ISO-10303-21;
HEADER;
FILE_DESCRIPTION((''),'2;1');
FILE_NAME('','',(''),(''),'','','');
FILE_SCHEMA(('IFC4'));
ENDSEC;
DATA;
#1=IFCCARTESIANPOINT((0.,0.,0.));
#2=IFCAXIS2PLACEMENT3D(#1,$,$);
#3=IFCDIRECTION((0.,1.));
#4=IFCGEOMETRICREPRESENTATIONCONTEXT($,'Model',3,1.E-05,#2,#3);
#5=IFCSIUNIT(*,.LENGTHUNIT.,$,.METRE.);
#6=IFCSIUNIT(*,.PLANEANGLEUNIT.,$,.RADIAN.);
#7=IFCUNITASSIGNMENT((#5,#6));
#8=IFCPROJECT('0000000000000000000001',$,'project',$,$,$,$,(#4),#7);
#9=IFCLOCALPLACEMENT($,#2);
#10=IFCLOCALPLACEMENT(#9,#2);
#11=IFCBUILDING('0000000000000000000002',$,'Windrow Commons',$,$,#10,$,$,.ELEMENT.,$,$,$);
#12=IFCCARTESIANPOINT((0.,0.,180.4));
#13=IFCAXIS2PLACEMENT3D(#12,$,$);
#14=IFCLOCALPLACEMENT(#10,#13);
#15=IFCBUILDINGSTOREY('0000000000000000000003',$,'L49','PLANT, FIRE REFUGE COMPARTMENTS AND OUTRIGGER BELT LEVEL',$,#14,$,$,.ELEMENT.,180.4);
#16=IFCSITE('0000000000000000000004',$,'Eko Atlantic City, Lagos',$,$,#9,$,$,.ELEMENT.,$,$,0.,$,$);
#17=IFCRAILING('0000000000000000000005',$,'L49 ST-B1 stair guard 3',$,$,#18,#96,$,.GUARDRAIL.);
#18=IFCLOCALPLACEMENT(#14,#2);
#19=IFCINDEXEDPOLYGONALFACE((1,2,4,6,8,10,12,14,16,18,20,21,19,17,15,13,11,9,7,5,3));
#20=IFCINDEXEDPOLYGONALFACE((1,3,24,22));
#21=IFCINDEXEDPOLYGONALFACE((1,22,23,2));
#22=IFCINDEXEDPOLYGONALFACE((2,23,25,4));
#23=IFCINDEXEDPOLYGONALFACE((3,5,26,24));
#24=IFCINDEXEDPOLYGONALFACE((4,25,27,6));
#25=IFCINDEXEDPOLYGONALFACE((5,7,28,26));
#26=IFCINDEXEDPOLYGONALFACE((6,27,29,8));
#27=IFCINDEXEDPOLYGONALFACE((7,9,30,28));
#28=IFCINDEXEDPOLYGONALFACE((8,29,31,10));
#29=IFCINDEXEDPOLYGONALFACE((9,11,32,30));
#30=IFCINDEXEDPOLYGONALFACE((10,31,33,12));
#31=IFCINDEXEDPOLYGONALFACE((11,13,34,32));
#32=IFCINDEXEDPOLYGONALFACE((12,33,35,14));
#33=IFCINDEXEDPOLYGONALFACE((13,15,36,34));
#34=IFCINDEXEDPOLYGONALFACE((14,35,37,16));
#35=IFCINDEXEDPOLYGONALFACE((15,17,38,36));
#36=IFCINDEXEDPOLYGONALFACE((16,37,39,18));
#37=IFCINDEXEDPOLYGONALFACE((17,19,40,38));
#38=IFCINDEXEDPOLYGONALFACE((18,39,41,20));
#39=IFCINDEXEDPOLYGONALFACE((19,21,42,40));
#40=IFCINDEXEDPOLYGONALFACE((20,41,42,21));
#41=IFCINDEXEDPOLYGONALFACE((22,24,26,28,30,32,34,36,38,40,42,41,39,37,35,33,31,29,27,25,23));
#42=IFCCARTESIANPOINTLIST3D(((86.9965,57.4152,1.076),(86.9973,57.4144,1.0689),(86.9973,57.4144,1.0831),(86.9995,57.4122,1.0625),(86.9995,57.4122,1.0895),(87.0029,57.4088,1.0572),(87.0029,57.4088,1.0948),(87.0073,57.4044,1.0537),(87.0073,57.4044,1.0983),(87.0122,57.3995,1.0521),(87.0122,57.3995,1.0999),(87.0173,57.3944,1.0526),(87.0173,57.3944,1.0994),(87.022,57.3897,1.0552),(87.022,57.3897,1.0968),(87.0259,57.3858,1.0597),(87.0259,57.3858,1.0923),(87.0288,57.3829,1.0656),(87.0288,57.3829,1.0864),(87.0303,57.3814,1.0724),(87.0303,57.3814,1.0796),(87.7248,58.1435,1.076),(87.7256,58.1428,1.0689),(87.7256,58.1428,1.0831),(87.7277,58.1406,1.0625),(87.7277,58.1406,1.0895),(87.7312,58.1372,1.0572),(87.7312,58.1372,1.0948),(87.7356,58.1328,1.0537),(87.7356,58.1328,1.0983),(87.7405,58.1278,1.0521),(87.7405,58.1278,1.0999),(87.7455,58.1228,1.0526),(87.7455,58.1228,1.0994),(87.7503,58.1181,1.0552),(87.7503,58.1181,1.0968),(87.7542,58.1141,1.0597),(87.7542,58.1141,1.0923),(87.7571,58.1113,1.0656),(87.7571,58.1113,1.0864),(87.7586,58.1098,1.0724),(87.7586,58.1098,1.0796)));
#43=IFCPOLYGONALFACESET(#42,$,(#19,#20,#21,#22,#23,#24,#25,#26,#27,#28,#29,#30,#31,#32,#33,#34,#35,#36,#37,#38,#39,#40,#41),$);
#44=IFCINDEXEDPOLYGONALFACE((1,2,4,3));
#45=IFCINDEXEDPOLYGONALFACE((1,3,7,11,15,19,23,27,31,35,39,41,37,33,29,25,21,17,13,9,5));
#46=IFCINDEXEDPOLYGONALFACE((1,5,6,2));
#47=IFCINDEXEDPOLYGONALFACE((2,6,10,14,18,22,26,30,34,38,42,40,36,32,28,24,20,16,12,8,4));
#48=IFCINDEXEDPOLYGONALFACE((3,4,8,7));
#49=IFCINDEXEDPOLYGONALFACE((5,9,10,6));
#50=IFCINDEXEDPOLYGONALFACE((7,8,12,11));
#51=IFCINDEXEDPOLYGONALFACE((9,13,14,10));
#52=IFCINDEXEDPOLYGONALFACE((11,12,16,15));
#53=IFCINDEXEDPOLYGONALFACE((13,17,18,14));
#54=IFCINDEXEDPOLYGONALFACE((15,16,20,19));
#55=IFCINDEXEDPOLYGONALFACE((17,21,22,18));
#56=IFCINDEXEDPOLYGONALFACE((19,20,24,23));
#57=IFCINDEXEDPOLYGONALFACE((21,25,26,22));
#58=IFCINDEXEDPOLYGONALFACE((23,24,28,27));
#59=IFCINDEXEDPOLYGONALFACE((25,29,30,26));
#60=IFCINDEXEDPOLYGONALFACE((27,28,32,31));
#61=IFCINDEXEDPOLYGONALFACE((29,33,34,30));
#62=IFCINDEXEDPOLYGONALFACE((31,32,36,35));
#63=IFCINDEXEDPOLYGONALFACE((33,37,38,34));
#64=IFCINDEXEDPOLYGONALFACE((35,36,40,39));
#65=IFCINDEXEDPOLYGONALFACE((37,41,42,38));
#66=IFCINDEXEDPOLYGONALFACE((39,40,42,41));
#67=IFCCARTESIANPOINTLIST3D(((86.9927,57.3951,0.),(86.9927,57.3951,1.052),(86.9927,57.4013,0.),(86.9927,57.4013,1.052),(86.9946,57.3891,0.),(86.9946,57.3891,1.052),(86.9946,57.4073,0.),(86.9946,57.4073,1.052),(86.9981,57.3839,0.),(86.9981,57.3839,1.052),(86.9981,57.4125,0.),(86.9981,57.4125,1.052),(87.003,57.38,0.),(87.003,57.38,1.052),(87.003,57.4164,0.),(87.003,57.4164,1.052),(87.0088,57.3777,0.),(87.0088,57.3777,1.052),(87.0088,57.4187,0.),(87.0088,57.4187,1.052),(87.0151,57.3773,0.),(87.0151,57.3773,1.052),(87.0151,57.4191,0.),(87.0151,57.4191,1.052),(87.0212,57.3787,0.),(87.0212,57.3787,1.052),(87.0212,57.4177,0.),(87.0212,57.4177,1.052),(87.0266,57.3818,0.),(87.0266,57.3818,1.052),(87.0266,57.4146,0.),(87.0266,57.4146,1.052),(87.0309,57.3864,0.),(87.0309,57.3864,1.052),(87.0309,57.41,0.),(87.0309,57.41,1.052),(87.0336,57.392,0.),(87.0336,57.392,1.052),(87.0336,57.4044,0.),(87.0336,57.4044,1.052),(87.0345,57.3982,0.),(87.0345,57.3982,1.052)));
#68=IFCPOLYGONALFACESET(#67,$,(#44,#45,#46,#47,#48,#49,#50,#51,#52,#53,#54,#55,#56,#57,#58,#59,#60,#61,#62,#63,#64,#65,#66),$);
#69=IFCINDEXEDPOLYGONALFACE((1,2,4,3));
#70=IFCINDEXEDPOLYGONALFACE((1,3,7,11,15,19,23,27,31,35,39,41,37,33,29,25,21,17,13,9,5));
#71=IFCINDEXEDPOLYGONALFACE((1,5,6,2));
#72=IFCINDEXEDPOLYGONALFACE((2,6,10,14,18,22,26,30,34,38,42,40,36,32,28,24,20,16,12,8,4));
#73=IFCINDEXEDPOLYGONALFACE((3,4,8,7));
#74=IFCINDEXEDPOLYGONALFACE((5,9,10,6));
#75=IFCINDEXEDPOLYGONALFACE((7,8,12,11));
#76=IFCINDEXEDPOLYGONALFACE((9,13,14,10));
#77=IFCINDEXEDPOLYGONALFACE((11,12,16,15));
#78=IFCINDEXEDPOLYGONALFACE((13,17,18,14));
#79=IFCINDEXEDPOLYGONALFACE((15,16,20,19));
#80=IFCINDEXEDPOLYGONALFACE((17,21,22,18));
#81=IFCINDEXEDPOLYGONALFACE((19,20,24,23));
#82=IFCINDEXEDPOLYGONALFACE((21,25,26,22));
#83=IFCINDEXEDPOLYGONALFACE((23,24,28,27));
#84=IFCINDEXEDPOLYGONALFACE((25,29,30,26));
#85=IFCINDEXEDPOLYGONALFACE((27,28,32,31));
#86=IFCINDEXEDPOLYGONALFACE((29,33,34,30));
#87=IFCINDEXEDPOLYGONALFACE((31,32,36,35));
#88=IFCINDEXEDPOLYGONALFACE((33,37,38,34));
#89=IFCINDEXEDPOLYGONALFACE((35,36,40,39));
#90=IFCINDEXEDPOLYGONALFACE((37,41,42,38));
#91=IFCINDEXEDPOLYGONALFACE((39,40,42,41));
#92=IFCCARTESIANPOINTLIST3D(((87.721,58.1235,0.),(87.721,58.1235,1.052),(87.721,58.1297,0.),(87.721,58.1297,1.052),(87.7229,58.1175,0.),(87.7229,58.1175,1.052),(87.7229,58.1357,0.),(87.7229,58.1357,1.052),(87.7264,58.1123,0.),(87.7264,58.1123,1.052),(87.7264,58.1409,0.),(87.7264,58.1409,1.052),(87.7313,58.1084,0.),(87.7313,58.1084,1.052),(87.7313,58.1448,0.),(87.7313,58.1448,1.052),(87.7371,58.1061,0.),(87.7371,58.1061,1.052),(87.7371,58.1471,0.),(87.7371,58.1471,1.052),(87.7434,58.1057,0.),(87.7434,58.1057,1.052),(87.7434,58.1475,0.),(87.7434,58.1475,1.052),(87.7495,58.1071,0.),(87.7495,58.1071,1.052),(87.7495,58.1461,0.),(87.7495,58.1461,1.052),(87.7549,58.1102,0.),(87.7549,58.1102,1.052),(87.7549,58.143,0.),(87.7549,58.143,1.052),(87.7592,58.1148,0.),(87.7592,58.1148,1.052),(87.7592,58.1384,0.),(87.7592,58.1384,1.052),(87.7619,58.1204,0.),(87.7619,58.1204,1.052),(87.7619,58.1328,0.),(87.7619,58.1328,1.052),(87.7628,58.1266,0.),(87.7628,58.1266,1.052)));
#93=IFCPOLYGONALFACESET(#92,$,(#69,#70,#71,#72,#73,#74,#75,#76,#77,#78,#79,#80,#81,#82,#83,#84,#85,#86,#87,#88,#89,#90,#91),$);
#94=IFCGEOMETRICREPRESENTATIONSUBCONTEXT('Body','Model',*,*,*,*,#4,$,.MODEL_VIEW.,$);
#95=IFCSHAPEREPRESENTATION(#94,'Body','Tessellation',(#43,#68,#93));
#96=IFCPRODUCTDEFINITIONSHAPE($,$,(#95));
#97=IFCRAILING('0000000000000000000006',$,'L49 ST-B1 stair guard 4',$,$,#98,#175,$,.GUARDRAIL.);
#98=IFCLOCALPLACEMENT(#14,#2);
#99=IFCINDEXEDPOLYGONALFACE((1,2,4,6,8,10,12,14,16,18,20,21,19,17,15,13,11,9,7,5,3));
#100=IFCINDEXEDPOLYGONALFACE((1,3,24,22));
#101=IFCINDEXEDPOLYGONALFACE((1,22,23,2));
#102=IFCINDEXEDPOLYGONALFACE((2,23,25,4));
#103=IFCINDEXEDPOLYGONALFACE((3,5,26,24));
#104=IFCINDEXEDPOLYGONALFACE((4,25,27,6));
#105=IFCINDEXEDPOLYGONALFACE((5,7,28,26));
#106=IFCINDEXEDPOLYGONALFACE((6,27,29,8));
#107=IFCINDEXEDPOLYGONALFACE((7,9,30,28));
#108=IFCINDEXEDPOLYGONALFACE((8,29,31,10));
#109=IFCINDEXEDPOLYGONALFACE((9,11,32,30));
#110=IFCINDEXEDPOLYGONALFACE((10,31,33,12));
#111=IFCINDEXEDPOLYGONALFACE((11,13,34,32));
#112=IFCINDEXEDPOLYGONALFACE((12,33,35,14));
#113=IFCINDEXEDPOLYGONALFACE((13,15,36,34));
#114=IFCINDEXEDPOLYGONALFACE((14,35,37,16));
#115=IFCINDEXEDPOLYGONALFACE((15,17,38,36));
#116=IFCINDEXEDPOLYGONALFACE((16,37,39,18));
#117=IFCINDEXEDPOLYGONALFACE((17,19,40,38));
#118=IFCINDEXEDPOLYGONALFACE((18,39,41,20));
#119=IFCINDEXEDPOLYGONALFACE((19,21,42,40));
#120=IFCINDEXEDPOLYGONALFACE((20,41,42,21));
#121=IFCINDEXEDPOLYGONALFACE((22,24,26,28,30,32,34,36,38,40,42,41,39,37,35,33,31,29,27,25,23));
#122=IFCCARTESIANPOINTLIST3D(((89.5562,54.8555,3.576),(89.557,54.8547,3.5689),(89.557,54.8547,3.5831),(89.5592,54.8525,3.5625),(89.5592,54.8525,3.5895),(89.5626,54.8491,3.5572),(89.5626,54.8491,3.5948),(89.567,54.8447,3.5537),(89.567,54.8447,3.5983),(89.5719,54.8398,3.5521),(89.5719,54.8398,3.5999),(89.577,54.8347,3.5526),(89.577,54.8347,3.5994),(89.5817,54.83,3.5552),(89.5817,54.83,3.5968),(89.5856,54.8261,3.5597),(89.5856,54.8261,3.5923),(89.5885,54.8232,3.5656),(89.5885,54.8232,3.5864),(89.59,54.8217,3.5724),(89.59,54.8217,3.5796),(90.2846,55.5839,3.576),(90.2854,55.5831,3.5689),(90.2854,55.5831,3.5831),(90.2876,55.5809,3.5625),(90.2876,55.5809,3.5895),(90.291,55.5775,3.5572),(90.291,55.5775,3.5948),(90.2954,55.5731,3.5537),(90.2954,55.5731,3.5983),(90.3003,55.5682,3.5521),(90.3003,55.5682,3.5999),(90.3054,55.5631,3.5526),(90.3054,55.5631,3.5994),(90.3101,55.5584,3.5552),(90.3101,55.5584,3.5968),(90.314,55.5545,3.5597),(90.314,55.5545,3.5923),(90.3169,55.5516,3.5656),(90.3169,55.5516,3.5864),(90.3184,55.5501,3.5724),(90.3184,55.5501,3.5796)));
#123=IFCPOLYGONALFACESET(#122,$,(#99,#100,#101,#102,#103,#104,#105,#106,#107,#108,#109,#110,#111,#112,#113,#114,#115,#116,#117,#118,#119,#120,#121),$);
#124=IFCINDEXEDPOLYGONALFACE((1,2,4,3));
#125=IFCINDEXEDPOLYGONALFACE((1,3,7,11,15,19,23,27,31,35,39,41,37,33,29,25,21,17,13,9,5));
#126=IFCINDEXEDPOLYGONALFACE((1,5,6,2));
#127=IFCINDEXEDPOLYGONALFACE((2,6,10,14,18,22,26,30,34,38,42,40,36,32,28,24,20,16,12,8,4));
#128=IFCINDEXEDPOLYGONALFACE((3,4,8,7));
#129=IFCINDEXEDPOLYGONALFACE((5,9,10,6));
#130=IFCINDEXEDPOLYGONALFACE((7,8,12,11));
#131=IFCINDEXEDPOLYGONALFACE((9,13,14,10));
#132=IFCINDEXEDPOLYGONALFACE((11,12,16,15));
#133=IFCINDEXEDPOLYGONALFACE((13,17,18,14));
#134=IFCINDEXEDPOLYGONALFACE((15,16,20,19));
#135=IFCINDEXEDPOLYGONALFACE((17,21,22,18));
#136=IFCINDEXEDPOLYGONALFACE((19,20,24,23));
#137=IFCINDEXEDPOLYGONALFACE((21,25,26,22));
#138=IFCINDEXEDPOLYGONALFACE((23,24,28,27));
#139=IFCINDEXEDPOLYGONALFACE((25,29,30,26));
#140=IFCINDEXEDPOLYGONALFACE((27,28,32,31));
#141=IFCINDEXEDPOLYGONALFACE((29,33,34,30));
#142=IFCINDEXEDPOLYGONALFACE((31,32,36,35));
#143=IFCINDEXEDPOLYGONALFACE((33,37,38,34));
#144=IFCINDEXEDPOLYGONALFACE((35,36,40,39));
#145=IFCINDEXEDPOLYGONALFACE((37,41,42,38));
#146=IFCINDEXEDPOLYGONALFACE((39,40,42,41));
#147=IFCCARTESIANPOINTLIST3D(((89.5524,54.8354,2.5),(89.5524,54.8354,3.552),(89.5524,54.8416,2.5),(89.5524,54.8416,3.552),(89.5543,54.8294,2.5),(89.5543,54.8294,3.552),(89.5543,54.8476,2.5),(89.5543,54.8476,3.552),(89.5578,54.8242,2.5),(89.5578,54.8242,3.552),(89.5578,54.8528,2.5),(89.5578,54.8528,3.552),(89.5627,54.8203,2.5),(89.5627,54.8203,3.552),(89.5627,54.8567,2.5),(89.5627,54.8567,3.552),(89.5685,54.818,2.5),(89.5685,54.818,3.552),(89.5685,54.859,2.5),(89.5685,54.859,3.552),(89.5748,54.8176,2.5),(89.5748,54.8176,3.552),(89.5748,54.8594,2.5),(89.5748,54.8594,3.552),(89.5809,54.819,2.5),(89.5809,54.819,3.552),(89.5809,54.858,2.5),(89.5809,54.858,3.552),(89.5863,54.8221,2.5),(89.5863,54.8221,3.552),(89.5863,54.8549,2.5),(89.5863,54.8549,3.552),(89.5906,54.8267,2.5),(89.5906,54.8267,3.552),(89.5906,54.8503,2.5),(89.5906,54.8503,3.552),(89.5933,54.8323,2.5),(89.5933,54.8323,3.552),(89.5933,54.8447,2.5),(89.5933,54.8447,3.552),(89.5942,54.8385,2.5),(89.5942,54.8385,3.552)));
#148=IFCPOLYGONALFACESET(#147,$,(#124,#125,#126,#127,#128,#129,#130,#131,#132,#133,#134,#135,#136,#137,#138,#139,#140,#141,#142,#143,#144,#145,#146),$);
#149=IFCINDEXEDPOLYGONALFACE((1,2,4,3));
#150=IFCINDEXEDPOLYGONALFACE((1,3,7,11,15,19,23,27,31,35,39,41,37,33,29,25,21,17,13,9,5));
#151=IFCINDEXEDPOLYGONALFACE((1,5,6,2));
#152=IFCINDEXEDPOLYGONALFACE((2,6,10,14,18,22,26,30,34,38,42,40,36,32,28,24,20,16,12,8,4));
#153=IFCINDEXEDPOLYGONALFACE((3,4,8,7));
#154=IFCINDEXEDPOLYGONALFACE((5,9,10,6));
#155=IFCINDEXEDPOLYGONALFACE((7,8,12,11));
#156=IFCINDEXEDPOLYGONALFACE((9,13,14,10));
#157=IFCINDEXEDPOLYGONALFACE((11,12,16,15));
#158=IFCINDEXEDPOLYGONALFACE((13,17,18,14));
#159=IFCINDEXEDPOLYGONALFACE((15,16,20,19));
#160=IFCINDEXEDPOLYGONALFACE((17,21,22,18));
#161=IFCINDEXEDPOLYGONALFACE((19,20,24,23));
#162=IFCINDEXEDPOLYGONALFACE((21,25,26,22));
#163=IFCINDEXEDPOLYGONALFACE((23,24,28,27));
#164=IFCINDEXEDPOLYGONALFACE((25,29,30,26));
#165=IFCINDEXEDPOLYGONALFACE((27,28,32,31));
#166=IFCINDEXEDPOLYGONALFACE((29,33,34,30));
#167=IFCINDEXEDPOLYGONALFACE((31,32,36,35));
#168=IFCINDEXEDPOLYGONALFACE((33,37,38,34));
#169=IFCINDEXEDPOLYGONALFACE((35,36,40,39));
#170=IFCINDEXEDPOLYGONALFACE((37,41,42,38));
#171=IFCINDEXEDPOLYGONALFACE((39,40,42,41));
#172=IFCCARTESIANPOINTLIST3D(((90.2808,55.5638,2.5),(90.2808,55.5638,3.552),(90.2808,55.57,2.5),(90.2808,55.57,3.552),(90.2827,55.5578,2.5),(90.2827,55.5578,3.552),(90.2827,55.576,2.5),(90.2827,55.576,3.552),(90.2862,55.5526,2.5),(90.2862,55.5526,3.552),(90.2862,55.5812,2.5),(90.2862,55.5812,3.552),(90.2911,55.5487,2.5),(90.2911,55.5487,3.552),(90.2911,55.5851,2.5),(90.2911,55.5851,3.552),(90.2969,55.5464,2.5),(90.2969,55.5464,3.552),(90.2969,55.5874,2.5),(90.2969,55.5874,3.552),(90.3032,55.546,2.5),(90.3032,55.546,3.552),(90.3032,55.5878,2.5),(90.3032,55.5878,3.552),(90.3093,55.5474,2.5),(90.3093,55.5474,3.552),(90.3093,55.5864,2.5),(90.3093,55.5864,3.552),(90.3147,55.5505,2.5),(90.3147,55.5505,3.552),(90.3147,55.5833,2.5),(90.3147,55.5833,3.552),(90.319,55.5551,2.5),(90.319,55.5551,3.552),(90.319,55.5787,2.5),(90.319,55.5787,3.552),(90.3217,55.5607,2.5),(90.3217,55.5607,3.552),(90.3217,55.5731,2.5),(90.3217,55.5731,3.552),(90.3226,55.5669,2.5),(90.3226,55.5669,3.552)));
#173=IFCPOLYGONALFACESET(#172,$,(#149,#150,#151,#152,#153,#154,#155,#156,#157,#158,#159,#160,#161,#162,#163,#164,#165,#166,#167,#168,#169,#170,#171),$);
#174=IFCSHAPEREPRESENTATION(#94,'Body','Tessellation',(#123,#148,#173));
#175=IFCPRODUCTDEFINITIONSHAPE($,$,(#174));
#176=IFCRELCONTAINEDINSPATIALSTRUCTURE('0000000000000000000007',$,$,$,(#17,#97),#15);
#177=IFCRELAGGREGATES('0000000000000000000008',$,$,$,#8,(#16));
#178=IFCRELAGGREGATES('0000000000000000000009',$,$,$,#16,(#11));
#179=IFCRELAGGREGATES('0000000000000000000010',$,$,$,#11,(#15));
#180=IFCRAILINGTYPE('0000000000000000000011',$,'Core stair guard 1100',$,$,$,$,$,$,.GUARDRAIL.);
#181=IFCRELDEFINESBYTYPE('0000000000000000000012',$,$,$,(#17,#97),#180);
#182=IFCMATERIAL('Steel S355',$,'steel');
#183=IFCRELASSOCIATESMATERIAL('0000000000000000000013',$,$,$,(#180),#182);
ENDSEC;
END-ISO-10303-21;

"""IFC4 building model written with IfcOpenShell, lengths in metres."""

from ifc_helpers import new_model, si_unit, direction, frame, origin, origin_2d, place, context, subcontext, project, spatial, circle, extrude, material, type_object, element, save


model = new_model("IFC4")

# Units and contexts
model_context = context("Model", 3, precision=1e-05, world=origin(), true_north=direction((0.0, 1.0)))
body_context = subcontext(model_context, "Body", "Model", "MODEL_VIEW")
ifc_project = project(units=[si_unit("LENGTHUNIT", "METRE"), si_unit("PLANEANGLEUNIT", "RADIAN")], contexts=[model_context])

# Site, building, storey
site_placement = place(None, origin())
site = spatial("IfcSite", under=ifc_project, at=site_placement, Name="Eko Atlantic City, Lagos", CompositionType="ELEMENT", RefElevation=0.0)
building_placement = place(site_placement, origin())
building = spatial("IfcBuilding", under=site, at=building_placement, Name="Windrow Commons", CompositionType="ELEMENT")
storey_placement = place(building_placement, frame((0.0, 0.0, 180.4)))
storey = spatial("IfcBuildingStorey", under=building, at=storey_placement, Name="L49", Description="PLANT, FIRE REFUGE COMPARTMENTS AND OUTRIGGER BELT LEVEL", CompositionType="ELEMENT", Elevation=180.4)

# Railings
ifc_material_1 = material(Name="Steel S355", Category="steel")
railing_type_1 = type_object("IfcRailingType", Name="Core stair guard 1100", PredefinedType="GUARDRAIL", material=ifc_material_1)
railing_1_placement = place(storey_placement, frame((87.0135, 57.3982, 0.0)))
element("IfcRailing", 1, at=railing_1_placement, inside=storey, type_object=railing_type_1, Name="L49 ST-B1 stair guard 3", PredefinedType="GUARDRAIL", context=body_context, shape_type="SweptSolid", body=[
    extrude(circle(Radius=0.024, at=origin_2d()), frame((0.0, 0.0, 1.076), z_axis=(0.707058, 0.707155, 0.0), x_axis=(-0.707155, 0.707058, 0.0)), (0.0, 0.0, 1.0), 1.03),
    extrude(circle(Radius=0.021, at=origin_2d()), origin(), (0.0, 0.0, 1.0), 1.052),
    extrude(circle(Radius=0.021, at=origin_2d()), frame((0.7283, 0.7284, 0.0)), (0.0, 0.0, 1.0), 1.052),
])
railing_2_placement = place(storey_placement, frame((89.5732, 54.8385, 2.5)))
element("IfcRailing", 2, at=railing_2_placement, inside=storey, type_object=railing_type_1, Name="L49 ST-B1 stair guard 4", PredefinedType="GUARDRAIL", context=body_context, shape_type="SweptSolid", body=[
    extrude(circle(Radius=0.024, at=origin_2d()), frame((0.0, 0.0, 1.076), z_axis=(0.707107, 0.707107, 0.0), x_axis=(-0.707107, 0.707107, 0.0)), (0.0, 0.0, 1.0), 1.0301),
    extrude(circle(Radius=0.021, at=origin_2d()), origin(), (0.0, 0.0, 1.0), 1.052),
    extrude(circle(Radius=0.021, at=origin_2d()), frame((0.7284, 0.7284, 0.0)), (0.0, 0.0, 1.0), 1.052),
])

save(model, "model.ifc")
